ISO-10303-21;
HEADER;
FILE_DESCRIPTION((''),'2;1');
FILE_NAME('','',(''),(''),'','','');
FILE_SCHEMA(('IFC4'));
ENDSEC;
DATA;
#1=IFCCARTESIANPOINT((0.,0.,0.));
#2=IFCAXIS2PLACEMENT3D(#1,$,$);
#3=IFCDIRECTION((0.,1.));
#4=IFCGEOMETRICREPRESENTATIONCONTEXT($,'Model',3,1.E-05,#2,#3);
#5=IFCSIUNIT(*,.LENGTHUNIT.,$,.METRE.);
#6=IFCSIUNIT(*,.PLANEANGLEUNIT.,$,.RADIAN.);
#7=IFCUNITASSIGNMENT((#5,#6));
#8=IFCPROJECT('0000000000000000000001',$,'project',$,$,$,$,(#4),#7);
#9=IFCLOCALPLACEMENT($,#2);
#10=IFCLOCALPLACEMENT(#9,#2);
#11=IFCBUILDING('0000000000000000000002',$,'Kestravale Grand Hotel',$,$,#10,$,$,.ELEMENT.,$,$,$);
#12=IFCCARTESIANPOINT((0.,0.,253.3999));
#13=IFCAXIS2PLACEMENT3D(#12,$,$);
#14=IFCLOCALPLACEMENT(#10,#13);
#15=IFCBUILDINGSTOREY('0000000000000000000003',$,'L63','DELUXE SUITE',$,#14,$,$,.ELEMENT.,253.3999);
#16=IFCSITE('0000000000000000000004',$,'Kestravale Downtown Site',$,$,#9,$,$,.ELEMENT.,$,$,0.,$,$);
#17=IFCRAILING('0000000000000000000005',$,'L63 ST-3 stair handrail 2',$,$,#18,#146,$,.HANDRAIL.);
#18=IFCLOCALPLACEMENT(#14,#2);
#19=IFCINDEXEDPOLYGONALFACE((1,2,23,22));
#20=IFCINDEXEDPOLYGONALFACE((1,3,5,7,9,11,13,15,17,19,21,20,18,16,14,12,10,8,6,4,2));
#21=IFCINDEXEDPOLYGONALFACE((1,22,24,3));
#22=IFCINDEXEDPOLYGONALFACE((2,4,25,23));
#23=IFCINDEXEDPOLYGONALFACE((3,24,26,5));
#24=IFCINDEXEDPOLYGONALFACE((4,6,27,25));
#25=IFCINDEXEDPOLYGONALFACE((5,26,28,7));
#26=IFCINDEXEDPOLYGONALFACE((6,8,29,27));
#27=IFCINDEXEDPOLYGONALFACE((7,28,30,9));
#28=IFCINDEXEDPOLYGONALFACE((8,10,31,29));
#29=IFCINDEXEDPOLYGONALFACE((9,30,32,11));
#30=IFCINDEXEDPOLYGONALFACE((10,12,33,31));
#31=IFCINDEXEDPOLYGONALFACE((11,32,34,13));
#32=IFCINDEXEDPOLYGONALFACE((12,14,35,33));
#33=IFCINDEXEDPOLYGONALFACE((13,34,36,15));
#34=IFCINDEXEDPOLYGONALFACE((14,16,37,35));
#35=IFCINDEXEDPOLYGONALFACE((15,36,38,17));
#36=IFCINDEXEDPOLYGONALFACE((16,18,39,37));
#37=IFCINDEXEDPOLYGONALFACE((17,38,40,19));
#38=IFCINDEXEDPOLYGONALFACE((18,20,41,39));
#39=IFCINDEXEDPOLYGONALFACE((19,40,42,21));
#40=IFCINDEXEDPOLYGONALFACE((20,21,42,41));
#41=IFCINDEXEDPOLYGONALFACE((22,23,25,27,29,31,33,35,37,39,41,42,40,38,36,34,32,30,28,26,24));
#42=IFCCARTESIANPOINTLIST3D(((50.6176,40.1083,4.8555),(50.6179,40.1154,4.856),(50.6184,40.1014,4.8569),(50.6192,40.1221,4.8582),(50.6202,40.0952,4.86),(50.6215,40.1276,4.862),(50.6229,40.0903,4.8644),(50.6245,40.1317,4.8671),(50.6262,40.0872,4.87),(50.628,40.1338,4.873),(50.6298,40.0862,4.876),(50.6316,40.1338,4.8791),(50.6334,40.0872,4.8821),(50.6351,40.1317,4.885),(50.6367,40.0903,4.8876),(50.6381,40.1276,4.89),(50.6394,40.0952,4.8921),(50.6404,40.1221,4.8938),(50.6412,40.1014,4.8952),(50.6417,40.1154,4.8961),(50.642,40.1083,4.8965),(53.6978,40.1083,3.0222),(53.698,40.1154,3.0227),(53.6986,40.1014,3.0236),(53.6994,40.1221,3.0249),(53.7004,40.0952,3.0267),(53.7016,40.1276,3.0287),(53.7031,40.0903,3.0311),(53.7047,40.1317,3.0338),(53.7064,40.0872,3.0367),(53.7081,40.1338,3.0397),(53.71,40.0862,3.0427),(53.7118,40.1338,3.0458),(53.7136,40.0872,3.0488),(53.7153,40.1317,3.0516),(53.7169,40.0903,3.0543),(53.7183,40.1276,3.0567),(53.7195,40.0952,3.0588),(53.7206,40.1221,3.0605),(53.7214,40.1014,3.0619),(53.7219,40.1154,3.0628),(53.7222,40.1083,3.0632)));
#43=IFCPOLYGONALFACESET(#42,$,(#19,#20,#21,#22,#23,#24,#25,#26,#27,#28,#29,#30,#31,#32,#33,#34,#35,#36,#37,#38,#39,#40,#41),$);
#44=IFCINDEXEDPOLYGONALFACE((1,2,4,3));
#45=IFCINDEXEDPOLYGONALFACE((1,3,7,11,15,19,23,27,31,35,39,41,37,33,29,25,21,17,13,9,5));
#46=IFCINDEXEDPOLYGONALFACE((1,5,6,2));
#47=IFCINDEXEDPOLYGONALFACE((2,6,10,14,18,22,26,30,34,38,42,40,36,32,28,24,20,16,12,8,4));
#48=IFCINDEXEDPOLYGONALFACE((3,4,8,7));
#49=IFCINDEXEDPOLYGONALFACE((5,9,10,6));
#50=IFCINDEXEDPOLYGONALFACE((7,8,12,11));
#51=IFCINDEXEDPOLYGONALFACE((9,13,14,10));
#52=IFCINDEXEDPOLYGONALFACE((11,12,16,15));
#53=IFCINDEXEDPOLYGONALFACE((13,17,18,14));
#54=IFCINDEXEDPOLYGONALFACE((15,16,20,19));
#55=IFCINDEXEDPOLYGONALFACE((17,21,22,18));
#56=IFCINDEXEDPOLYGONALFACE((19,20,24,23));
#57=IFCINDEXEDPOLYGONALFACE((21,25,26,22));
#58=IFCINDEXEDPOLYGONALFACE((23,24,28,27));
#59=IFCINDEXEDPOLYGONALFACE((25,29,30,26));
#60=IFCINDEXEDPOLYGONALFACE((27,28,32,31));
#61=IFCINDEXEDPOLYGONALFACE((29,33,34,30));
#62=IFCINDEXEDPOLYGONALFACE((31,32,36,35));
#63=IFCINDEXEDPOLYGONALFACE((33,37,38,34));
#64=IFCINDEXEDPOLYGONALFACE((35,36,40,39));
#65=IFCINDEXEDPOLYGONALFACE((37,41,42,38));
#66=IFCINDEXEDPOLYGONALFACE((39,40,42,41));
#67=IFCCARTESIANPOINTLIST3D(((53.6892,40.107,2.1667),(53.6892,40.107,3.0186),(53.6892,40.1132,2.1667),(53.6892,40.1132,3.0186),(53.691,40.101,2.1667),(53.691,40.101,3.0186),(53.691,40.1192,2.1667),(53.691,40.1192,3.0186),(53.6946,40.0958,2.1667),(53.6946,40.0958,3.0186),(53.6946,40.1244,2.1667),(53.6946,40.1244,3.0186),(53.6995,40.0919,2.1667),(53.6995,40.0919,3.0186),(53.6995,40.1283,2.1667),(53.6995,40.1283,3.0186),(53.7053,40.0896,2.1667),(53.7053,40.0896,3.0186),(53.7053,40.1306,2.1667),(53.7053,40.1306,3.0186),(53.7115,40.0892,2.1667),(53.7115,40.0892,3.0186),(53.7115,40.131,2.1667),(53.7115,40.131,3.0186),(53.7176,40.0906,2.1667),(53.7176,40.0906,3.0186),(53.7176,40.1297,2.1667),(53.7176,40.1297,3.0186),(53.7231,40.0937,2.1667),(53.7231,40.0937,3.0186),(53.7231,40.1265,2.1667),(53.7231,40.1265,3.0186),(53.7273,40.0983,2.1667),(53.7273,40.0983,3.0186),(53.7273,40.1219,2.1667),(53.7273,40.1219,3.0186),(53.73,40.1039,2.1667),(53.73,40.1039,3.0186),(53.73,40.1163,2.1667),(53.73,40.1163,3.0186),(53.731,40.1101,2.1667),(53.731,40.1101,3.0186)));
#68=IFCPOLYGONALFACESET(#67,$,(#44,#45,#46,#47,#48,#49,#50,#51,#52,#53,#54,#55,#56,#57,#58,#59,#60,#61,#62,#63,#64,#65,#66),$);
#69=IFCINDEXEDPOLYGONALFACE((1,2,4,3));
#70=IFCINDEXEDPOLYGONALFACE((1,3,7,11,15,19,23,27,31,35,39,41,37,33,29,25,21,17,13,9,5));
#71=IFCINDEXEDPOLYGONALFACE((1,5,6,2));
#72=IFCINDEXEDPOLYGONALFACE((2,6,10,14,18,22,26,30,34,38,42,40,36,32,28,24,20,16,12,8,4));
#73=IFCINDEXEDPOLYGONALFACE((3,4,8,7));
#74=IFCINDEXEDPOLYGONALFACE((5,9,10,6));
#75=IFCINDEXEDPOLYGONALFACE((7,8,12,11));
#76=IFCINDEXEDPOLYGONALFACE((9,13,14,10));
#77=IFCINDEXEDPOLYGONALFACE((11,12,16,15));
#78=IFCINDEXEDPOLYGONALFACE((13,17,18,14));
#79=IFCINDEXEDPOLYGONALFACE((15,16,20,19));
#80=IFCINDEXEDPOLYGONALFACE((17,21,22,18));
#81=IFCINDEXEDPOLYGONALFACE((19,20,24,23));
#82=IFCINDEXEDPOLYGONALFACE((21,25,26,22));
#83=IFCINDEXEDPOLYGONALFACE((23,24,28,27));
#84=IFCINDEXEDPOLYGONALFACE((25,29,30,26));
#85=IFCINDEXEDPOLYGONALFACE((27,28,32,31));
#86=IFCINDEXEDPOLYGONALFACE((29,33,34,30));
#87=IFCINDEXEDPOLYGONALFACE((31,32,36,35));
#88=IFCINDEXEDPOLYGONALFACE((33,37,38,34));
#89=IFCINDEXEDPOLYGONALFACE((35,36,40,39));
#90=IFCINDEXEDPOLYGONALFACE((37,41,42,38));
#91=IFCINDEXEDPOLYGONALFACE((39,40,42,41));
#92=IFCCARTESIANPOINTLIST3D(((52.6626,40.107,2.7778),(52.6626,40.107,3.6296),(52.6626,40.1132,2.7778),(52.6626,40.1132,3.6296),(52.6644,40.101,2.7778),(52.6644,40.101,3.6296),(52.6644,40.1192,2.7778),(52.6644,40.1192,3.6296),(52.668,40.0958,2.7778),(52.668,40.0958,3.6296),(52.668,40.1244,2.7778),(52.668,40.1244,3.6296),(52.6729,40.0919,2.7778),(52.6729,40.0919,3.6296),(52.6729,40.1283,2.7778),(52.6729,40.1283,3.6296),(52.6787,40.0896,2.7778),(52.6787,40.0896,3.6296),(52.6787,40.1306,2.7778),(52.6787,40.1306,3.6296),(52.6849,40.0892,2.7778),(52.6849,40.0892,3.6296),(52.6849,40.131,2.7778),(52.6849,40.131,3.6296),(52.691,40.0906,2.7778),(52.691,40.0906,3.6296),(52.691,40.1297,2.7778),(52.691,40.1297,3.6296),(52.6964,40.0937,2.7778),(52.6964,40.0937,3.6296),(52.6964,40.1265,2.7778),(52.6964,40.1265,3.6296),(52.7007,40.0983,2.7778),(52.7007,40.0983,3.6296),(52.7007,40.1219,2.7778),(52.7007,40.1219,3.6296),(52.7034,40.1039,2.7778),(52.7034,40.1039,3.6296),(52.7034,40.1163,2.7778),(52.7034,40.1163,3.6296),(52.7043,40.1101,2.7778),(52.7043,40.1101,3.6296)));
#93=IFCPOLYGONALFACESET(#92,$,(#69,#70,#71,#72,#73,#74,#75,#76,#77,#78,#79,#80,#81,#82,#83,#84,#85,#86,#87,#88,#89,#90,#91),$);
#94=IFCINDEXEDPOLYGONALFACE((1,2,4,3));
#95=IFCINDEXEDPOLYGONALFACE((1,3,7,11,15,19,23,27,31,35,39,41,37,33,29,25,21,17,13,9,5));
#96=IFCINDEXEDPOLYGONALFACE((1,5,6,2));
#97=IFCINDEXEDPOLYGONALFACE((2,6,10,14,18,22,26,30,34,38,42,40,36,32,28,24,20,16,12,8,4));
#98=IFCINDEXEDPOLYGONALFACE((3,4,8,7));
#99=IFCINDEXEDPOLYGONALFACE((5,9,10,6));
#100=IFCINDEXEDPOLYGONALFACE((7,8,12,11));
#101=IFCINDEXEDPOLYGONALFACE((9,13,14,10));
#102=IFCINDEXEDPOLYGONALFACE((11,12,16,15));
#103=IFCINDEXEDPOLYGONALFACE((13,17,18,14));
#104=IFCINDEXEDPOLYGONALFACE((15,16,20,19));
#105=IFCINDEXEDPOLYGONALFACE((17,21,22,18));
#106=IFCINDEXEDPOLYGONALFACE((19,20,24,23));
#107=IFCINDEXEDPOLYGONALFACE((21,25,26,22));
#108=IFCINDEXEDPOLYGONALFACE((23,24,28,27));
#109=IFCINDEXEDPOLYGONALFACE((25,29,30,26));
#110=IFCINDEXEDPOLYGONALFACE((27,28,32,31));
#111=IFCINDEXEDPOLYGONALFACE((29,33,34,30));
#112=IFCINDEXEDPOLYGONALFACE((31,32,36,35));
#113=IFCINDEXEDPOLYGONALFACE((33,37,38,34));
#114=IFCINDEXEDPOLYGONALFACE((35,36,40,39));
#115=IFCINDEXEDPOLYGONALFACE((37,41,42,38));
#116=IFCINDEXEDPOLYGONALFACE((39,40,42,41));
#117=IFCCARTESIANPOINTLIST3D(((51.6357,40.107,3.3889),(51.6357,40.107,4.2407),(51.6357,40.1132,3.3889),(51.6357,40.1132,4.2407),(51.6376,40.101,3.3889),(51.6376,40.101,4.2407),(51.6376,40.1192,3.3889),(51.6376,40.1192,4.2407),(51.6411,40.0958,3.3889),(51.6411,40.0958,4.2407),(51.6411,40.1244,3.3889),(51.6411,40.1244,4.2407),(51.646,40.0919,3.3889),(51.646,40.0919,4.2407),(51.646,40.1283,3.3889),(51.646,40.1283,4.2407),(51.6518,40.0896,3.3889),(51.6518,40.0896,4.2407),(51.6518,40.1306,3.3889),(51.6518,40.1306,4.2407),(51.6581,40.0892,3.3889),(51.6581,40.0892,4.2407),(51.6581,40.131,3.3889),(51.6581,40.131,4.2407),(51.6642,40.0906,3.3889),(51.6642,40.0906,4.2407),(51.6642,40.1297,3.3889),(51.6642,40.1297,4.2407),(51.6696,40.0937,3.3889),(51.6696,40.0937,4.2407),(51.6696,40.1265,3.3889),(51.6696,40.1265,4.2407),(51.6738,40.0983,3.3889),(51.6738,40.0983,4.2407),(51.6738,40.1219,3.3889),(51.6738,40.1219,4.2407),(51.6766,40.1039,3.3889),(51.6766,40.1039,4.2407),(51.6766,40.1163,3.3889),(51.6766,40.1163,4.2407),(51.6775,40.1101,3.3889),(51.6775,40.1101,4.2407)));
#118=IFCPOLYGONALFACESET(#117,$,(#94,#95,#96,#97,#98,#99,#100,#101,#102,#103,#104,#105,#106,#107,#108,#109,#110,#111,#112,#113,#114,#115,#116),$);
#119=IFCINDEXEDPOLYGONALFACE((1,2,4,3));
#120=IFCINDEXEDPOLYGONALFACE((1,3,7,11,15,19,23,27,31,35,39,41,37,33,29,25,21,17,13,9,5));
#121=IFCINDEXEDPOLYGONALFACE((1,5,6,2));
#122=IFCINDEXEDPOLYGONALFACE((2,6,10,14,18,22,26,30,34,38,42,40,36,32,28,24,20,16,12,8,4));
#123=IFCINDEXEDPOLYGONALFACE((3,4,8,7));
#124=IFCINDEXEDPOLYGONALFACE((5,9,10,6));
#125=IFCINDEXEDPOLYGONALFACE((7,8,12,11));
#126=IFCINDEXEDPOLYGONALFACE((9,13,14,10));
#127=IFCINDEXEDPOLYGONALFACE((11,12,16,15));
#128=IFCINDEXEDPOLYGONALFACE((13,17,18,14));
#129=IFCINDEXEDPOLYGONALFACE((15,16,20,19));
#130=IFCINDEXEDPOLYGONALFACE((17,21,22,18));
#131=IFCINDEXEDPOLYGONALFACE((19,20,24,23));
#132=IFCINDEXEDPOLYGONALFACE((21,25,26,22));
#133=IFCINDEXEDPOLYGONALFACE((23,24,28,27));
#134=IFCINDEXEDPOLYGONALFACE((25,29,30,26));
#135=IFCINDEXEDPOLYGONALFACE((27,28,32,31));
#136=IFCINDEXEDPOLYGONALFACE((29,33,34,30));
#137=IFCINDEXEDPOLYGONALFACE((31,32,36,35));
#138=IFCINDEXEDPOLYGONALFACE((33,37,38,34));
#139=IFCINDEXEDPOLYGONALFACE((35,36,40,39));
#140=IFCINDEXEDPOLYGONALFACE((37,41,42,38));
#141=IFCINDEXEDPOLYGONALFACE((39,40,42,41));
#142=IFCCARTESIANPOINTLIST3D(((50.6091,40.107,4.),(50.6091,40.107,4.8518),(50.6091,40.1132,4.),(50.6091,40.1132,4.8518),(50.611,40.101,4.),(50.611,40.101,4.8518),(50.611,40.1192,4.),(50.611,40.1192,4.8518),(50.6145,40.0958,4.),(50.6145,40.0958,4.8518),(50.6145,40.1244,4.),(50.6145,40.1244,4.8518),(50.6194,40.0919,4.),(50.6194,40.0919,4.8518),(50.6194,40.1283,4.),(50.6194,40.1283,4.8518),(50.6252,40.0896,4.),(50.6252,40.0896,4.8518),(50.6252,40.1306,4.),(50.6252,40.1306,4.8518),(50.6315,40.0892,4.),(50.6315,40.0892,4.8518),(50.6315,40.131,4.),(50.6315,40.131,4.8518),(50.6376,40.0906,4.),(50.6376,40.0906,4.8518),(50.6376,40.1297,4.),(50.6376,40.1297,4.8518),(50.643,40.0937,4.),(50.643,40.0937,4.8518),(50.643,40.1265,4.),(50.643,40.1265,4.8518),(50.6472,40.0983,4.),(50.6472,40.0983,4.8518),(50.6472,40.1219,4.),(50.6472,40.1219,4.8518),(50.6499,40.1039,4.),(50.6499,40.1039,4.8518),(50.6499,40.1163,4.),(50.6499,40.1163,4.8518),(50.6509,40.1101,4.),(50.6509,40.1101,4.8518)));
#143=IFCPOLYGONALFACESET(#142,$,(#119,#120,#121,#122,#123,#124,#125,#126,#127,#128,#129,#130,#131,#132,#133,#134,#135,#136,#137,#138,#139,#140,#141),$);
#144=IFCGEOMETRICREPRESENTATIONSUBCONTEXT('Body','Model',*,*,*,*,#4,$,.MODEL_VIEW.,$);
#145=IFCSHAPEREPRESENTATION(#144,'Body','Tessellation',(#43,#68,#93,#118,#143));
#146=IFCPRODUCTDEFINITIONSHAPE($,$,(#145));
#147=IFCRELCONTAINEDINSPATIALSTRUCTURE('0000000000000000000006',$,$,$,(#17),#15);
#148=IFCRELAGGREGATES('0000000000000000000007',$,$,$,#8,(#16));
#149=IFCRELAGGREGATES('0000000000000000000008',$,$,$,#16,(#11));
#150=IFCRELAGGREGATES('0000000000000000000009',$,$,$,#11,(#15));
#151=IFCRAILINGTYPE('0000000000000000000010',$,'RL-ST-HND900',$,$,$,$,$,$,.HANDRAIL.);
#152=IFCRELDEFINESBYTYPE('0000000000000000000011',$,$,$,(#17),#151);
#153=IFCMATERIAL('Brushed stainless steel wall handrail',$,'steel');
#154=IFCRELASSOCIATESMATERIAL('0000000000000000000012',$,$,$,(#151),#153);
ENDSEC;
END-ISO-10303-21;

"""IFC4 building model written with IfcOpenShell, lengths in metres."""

from ifc_helpers import new_model, si_unit, direction, frame, origin, origin_2d, place, context, subcontext, project, spatial, circle, extrude, material, type_object, element, save


model = new_model("IFC4")

# Units and contexts
model_context = context("Model", 3, precision=1e-05, world=origin(), true_north=direction((0.0, 1.0)))
body_context = subcontext(model_context, "Body", "Model", "MODEL_VIEW")
ifc_project = project(units=[si_unit("LENGTHUNIT", "METRE"), si_unit("PLANEANGLEUNIT", "RADIAN")], contexts=[model_context])

# Site, building, storey
site_placement = place(None, origin())
site = spatial("IfcSite", under=ifc_project, at=site_placement, Name="Kestravale Downtown Site", CompositionType="ELEMENT", RefElevation=0.0)
building_placement = place(site_placement, origin())
building = spatial("IfcBuilding", under=site, at=building_placement, Name="Kestravale Grand Hotel", CompositionType="ELEMENT")
storey_placement = place(building_placement, frame((0.0, 0.0, 253.3999)))
storey = spatial("IfcBuildingStorey", under=building, at=storey_placement, Name="L63", Description="DELUXE SUITE", CompositionType="ELEMENT", Elevation=253.3999)

# Railing
ifc_material_1 = material(Name="Brushed stainless steel wall handrail", Category="steel")
railing_type_1 = type_object("IfcRailingType", Name="RL-ST-HND900", PredefinedType="HANDRAIL", material=ifc_material_1)
railing_1_placement = place(storey_placement, frame((53.71, 40.1101, 2.1667)))
element("IfcRailing", 1, at=railing_1_placement, inside=storey, type_object=railing_type_1, Name="L63 ST-3 stair handrail 2", PredefinedType="HANDRAIL", context=body_context, shape_type="SweptSolid", body=[
    extrude(circle(Radius=0.0239, at=origin_2d()), frame((0.0, 0.0, 0.876), z_axis=(-0.859309, 0.0, 0.511458), x_axis=(0.0, -1.0, 0.0)), (0.0, 0.0, 1.0), 3.5845),
    extrude(circle(Radius=0.021, at=origin_2d()), origin(), (0.0, 0.0, 1.0), 0.8518),
    extrude(circle(Radius=0.021, at=origin_2d()), frame((-1.0266, 0.0, 0.6111)), (0.0, 0.0, 1.0), 0.8518),
    extrude(circle(Radius=0.021, at=origin_2d()), frame((-2.0535, 0.0, 1.2222)), (0.0, 0.0, 1.0), 0.8518),
    extrude(circle(Radius=0.021, at=origin_2d()), frame((-3.0801, 0.0, 1.8333)), (0.0, 0.0, 1.0), 0.8518),
])

save(model, "model.ifc")
